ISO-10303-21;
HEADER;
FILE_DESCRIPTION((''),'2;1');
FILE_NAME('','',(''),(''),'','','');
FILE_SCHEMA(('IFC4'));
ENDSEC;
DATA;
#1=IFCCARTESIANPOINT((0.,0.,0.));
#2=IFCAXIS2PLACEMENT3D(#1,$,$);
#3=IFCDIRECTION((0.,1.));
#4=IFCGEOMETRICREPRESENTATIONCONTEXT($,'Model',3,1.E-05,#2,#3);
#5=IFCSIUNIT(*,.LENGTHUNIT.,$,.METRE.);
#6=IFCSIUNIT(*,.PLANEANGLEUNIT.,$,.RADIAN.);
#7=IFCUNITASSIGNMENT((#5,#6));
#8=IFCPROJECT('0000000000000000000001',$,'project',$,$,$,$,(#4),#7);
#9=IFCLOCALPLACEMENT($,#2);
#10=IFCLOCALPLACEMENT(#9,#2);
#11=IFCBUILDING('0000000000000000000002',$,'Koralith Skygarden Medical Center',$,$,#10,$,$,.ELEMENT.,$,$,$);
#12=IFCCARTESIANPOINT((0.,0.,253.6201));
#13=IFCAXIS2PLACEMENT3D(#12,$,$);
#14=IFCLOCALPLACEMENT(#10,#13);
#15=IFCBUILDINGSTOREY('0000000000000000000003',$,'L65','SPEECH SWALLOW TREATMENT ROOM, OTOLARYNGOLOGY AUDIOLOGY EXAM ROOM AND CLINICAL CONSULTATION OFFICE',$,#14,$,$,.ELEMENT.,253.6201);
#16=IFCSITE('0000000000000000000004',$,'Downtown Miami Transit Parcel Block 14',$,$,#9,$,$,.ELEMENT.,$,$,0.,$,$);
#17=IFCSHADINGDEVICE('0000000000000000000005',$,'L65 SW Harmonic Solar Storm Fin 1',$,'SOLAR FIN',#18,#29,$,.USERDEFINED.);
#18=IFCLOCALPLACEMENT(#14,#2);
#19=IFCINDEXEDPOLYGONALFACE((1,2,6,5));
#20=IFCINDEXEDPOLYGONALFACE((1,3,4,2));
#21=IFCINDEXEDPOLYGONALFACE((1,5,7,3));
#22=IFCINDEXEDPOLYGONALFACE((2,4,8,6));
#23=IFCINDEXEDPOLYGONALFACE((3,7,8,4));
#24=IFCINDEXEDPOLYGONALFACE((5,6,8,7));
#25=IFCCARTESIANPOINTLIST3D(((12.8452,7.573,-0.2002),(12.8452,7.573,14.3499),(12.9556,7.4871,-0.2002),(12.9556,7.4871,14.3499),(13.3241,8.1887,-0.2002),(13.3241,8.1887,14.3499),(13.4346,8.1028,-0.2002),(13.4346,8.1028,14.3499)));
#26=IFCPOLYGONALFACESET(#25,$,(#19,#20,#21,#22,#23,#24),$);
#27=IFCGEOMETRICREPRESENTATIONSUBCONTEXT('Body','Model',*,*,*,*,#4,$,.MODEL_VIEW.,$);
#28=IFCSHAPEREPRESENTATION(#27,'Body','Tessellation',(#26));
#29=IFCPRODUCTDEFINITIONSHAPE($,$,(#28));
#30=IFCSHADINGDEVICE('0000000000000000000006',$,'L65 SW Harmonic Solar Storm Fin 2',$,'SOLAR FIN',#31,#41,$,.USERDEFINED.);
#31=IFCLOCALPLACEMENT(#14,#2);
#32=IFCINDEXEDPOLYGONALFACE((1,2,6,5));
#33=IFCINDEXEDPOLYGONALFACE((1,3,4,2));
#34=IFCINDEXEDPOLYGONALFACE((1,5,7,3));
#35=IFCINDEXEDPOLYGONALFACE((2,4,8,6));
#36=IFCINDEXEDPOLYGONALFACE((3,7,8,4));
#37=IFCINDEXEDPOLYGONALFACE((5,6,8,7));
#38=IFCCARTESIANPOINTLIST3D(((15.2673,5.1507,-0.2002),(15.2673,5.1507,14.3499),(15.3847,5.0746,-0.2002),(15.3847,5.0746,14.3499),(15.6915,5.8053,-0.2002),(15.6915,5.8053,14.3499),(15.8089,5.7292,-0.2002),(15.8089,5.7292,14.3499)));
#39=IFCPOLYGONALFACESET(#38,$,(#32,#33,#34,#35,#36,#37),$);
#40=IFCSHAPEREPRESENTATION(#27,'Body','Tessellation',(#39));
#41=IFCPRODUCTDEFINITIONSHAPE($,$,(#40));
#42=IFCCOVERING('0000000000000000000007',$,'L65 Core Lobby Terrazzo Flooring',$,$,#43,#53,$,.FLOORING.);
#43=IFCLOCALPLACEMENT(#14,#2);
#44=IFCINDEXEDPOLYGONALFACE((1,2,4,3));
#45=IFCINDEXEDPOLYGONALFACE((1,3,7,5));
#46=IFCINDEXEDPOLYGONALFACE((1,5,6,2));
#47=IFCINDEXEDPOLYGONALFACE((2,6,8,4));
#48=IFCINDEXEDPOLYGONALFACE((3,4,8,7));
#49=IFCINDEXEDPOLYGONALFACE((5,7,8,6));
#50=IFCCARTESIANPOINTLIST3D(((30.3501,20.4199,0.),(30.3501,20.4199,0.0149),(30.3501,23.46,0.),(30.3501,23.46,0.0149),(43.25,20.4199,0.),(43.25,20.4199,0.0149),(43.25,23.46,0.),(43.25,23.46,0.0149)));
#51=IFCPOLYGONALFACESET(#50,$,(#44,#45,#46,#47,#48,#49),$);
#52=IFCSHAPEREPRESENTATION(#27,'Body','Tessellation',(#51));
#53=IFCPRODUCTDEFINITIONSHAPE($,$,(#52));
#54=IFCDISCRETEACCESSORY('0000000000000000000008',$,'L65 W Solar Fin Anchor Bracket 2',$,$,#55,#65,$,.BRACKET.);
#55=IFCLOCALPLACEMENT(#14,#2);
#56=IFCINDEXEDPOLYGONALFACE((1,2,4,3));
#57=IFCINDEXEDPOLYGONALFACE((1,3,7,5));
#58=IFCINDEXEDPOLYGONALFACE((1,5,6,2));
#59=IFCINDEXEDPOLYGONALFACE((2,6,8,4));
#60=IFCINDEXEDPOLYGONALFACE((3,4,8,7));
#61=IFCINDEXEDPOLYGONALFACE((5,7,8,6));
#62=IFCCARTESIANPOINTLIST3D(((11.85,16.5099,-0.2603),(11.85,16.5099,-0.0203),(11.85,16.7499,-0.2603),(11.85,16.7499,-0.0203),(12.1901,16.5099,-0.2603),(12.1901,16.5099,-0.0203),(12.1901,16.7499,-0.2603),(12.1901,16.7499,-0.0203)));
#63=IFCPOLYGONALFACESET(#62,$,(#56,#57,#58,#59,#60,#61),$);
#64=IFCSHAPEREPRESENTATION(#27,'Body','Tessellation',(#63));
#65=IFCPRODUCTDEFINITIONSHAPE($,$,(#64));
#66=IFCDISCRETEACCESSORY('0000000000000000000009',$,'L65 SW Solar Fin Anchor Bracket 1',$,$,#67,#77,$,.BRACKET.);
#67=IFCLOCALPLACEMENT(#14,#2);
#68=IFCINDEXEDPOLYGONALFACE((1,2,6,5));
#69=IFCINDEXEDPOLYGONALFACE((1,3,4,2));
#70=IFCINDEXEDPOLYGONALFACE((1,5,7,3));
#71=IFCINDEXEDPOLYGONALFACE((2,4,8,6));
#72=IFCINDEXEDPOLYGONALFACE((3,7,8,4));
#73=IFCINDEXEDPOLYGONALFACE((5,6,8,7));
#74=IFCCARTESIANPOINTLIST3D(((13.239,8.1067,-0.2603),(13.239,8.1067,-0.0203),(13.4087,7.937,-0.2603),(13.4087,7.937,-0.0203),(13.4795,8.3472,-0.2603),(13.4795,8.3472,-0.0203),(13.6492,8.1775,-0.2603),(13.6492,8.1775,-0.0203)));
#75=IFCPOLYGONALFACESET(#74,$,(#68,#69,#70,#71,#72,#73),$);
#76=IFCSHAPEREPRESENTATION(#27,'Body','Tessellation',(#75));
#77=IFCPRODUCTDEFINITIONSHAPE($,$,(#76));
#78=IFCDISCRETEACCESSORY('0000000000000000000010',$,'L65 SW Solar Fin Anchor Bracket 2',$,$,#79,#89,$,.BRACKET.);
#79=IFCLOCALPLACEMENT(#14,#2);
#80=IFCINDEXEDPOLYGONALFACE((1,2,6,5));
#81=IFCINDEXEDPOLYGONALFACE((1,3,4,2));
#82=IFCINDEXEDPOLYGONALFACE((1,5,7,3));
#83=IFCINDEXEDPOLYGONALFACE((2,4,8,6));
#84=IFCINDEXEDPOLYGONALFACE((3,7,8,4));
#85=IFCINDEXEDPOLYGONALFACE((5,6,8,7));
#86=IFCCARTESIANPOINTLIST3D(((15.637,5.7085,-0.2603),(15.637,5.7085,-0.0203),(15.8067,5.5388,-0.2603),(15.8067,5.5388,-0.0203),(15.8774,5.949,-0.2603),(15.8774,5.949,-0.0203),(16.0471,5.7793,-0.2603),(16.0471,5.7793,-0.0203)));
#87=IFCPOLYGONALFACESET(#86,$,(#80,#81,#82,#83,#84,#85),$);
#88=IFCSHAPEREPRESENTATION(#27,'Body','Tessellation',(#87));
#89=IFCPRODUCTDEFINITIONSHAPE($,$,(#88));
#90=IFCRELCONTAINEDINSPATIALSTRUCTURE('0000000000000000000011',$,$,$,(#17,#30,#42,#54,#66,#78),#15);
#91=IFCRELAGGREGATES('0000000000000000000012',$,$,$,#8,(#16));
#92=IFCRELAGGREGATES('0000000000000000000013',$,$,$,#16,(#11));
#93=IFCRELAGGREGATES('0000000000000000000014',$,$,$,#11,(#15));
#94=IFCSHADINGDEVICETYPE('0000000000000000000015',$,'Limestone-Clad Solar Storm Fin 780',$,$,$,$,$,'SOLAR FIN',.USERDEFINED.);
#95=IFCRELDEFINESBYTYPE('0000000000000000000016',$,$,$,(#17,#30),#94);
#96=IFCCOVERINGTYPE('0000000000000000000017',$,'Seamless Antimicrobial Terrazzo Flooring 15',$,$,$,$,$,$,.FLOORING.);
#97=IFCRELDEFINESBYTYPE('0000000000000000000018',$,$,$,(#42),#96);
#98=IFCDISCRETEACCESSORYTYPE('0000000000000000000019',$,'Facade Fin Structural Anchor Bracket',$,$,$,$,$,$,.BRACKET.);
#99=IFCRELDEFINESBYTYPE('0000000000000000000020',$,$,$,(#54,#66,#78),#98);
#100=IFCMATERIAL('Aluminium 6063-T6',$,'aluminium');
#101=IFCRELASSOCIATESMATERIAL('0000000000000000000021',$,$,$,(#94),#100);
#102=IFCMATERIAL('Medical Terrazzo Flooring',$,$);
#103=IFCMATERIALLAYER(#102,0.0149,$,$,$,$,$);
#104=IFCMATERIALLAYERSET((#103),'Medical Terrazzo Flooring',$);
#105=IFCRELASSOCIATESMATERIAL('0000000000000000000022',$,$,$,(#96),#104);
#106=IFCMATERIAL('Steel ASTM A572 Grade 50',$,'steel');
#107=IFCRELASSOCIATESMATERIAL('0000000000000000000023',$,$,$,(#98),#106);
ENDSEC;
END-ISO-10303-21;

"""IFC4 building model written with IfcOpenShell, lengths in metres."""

from ifc_helpers import new_model, si_unit, direction, frame, origin, origin_2d, place, context, subcontext, project, spatial, polyline, rectangle, outline, extrude, material, layer, layer_set, type_object, element, save


model = new_model("IFC4")

# Units and contexts
model_context = context("Model", 3, precision=1e-05, world=origin(), true_north=direction((0.0, 1.0)))
body_context = subcontext(model_context, "Body", "Model", "MODEL_VIEW")
ifc_project = project(units=[si_unit("LENGTHUNIT", "METRE"), si_unit("PLANEANGLEUNIT", "RADIAN")], contexts=[model_context])

# Site, building, storey
site_placement = place(None, origin())
site = spatial("IfcSite", under=ifc_project, at=site_placement, Name="Downtown Miami Transit Parcel Block 14", CompositionType="ELEMENT", RefElevation=0.0)
building_placement = place(site_placement, origin())
building = spatial("IfcBuilding", under=site, at=building_placement, Name="Koralith Skygarden Medical Center", CompositionType="ELEMENT")
storey_placement = place(building_placement, frame((0.0, 0.0, 253.6201)))
storey = spatial("IfcBuildingStorey", under=building, at=storey_placement, Name="L65", Description="SPEECH SWALLOW TREATMENT ROOM, OTOLARYNGOLOGY AUDIOLOGY EXAM ROOM AND CLINICAL CONSULTATION OFFICE", CompositionType="ELEMENT", Elevation=253.6201)

# Shared definitions
ifc_material_1 = material(Name="Aluminium 6063-T6", Category="aluminium")

# Shading devices
shading_device_type = type_object("IfcShadingDeviceType", Name="Limestone-Clad Solar Storm Fin 780", ElementType="SOLAR FIN", PredefinedType="USERDEFINED", material=ifc_material_1)
for number, where, z_axis, x_axis, name in (
    (1, (13.1399, 7.8379, -0.2002), (0.0, 0.0, 1.0), (-0.613968, -0.789331, 0.0), "L65 SW Harmonic Solar Storm Fin 1"),
    (2, (15.5381, 5.4399, -0.2002), (0.0, 0.0, 1.0), (-0.54379, -0.839221, 0.0), "L65 SW Harmonic Solar Storm Fin 2"),
):
    element("IfcShadingDevice", number, at=place(storey_placement, frame(where, z_axis=z_axis, x_axis=x_axis)), inside=storey, type_object=shading_device_type, Name=name, ObjectType="SOLAR FIN", PredefinedType="USERDEFINED", context=body_context, shape_type="SweptSolid", body=[
        extrude(rectangle(XDim=0.78, YDim=0.1399, at=origin_2d()), origin(), (0.0, 0.0, 1.0), 14.55),
    ])

# Covering
ifc_material_2 = material(Name="Medical Terrazzo Flooring")
ifc_layer_1 = layer(ifc_material_2, 0.0149)
ifc_layer_set_1 = layer_set([ifc_layer_1], Name="Medical Terrazzo Flooring")
covering_type_1 = type_object("IfcCoveringType", Name="Seamless Antimicrobial Terrazzo Flooring 15", PredefinedType="FLOORING", material=ifc_layer_set_1)
covering_1_placement = place(storey_placement, origin())
element("IfcCovering", 3, at=covering_1_placement, inside=storey, type_object=covering_type_1, Name="L65 Core Lobby Terrazzo Flooring", PredefinedType="FLOORING", context=body_context, shape_type="SweptSolid", body=[
    extrude(outline(polyline([(30.3501, 20.4199), (43.25, 20.4199), (43.25, 23.46), (30.3501, 23.46), (30.3501, 20.4199)])), origin(), (0.0, 0.0, 1.0), 0.0149),
])

# Discrete accessories
ifc_material_3 = material(Name="Steel ASTM A572 Grade 50", Category="steel")
discrete_accessory_type = type_object("IfcDiscreteAccessoryType", Name="Facade Fin Structural Anchor Bracket", PredefinedType="BRACKET", material=ifc_material_3)
for number, where, z_axis, x_axis, name in (
    (4, (12.02, 16.6299, -0.2603), (0.0, 0.0, 1.0), (-1.0, 0.0, 0.0), "L65 W Solar Fin Anchor Bracket 2"),
    (5, (13.4441, 8.1421, -0.2603), (0.0, 0.0, 1.0), (-0.707107, -0.707107, 0.0), "L65 SW Solar Fin Anchor Bracket 1"),
    (6, (15.842, 5.7439, -0.2603), (0.0, 0.0, 1.0), (-0.707107, -0.707107, 0.0), "L65 SW Solar Fin Anchor Bracket 2"),
):
    element("IfcDiscreteAccessory", number, at=place(storey_placement, frame(where, z_axis=z_axis, x_axis=x_axis)), inside=storey, type_object=discrete_accessory_type, Name=name, PredefinedType="BRACKET", context=body_context, shape_type="SweptSolid", body=[
        extrude(rectangle(XDim=0.3401, YDim=0.24, at=origin_2d()), origin(), (0.0, 0.0, 1.0), 0.24),
    ])

save(model, "model.ifc")
